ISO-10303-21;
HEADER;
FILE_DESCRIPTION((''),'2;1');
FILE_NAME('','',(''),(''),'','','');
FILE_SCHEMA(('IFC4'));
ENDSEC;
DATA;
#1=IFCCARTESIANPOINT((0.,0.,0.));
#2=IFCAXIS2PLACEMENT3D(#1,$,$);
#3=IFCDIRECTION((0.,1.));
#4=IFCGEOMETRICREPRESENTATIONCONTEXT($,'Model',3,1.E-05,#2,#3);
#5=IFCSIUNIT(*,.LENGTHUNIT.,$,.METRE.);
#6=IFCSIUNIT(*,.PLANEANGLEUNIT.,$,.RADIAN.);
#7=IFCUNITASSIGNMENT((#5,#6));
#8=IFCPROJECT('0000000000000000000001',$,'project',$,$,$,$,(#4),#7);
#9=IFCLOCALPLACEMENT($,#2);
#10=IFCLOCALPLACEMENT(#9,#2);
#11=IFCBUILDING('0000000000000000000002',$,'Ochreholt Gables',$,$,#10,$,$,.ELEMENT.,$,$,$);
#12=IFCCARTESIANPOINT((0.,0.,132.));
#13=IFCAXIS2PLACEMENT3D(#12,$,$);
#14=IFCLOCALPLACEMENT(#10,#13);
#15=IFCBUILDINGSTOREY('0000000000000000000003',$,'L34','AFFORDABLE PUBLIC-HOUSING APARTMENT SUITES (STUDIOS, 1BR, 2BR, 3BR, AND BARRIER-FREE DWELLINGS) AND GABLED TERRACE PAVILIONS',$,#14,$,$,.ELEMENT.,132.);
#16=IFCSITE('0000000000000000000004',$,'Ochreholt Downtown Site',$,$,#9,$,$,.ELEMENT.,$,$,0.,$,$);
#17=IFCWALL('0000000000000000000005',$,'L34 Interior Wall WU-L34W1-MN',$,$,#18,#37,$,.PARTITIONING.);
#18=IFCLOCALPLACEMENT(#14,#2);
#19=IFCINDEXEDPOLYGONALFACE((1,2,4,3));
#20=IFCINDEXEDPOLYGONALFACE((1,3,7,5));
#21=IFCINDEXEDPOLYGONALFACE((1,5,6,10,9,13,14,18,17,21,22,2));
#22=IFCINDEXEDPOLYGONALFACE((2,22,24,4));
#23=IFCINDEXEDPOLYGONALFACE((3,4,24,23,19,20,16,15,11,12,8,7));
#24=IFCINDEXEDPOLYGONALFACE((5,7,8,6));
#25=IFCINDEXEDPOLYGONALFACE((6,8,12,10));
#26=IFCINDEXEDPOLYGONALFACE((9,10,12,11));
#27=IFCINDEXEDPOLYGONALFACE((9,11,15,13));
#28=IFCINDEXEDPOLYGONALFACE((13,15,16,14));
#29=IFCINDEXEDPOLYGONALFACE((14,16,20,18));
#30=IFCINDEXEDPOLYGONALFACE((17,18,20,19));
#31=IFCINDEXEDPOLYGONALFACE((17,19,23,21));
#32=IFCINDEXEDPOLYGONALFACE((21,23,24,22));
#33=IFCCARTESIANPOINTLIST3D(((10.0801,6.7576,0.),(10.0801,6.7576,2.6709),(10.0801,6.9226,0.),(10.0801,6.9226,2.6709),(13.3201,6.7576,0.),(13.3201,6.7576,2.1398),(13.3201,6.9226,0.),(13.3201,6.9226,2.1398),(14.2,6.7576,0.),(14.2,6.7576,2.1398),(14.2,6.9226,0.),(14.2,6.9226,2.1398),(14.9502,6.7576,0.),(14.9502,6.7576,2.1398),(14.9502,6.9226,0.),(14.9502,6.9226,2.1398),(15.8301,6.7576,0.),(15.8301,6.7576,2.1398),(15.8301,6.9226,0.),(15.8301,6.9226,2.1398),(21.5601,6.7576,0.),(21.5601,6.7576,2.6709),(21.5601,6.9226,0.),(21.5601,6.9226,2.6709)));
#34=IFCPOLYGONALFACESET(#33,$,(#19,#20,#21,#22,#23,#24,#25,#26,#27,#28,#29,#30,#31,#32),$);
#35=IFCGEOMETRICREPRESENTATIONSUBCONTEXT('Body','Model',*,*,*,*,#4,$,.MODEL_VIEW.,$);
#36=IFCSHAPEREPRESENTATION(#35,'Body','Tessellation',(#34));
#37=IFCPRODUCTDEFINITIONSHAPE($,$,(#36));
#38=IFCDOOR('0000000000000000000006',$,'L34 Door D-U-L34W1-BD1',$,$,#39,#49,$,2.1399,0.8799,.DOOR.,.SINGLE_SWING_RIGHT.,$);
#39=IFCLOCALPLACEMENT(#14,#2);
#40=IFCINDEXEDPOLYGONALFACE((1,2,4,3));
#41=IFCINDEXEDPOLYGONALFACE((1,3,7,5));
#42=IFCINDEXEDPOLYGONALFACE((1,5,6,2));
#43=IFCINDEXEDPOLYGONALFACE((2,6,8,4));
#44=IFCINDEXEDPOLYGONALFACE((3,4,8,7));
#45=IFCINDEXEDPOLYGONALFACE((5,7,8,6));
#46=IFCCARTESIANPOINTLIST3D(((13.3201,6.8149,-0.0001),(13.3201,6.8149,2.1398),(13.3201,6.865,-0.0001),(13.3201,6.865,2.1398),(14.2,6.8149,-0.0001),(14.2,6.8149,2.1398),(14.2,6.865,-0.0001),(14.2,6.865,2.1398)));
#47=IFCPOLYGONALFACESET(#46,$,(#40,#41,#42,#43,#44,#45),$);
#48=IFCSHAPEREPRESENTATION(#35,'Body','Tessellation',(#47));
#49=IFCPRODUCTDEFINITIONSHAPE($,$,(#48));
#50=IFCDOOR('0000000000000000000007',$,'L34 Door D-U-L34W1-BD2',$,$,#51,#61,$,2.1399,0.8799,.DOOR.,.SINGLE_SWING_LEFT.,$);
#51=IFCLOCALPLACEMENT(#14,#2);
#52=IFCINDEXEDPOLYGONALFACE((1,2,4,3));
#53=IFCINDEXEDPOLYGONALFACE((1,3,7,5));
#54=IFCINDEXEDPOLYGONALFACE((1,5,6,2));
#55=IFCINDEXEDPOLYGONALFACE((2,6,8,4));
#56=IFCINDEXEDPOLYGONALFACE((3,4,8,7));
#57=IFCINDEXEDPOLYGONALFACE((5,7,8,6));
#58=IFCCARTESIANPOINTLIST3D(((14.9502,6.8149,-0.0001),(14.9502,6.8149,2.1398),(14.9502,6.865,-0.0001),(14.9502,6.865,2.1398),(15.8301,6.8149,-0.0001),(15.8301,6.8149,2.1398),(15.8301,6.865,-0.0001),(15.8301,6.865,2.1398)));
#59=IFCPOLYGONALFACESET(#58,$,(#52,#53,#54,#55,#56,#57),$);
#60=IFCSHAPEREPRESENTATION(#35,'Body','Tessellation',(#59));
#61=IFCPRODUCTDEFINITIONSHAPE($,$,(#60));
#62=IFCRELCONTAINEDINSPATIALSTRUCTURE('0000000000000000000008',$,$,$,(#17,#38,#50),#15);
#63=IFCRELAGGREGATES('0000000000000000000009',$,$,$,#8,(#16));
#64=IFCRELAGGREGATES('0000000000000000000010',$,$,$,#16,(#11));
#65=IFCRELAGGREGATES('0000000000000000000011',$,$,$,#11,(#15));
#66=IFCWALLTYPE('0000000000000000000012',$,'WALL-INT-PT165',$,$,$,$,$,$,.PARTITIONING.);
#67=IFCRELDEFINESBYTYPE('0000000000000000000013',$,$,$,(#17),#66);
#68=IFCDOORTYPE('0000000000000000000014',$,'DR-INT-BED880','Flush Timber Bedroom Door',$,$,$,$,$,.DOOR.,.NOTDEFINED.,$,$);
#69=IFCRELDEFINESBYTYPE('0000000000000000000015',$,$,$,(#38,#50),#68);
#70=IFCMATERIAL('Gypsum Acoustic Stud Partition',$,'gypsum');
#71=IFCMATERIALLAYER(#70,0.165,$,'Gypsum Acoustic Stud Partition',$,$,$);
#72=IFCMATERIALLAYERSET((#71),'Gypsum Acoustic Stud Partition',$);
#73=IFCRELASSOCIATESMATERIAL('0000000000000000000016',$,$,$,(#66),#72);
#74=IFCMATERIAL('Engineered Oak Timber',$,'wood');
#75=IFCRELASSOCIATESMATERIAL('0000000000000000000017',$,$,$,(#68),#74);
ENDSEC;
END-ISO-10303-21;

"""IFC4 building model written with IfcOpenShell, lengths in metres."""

from ifc_helpers import new_model, si_unit, direction, frame, frame_2d, origin, place, context, subcontext, project, spatial, rectangle, extrude, material, layer, layer_set, type_object, element, fill, save


model = new_model("IFC4")

# Units and contexts
model_context = context("Model", 3, precision=1e-05, world=origin(), true_north=direction((0.0, 1.0)))
body_context = subcontext(model_context, "Body", "Model", "MODEL_VIEW")
ifc_project = project(units=[si_unit("LENGTHUNIT", "METRE"), si_unit("PLANEANGLEUNIT", "RADIAN")], contexts=[model_context])

# Site, building, storey
site_placement = place(None, origin())
site = spatial("IfcSite", under=ifc_project, at=site_placement, Name="Ochreholt Downtown Site", CompositionType="ELEMENT", RefElevation=0.0)
building_placement = place(site_placement, origin())
building = spatial("IfcBuilding", under=site, at=building_placement, Name="Ochreholt Gables", CompositionType="ELEMENT")
storey_placement = place(building_placement, frame((0.0, 0.0, 132.0)))
storey = spatial("IfcBuildingStorey", under=building, at=storey_placement, Name="L34", Description="AFFORDABLE PUBLIC-HOUSING APARTMENT SUITES (STUDIOS, 1BR, 2BR, 3BR, AND BARRIER-FREE DWELLINGS) AND GABLED TERRACE PAVILIONS", CompositionType="ELEMENT", Elevation=132.0)

# Wall, openings, doors
ifc_material_1 = material(Name="Gypsum Acoustic Stud Partition", Category="gypsum")
ifc_layer_1 = layer(ifc_material_1, 0.165, Name="Gypsum Acoustic Stud Partition")
ifc_layer_set_1 = layer_set([ifc_layer_1], Name="Gypsum Acoustic Stud Partition")
wall_type_1 = type_object("IfcWallType", Name="WALL-INT-PT165", PredefinedType="PARTITIONING", material=ifc_layer_set_1)
wall_1_placement = place(storey_placement, frame((10.0801, 6.8401, 0.0), z_axis=(0.0, 0.0, 1.0), x_axis=(1.0, 0.0, 0.0)))
wall_1 = element("IfcWall", 1, at=wall_1_placement, inside=storey, type_object=wall_type_1, Name="L34 Interior Wall WU-L34W1-MN", PredefinedType="PARTITIONING", context=body_context, shape_type="SweptSolid", body=[
    extrude(rectangle(XDim=11.48, YDim=0.165, at=frame_2d((5.74, 0.0))), origin(), (0.0, 0.0, 1.0), 2.6709),
])
opening_1_placement = place(wall_1_placement, frame((3.24, 0.0, 0.0)))
opening_1 = element("IfcOpeningElement", 2, at=opening_1_placement, cuts=wall_1, PredefinedType="OPENING", context=body_context, shape_type="SweptSolid", body=[
    extrude(rectangle(XDim=0.8799, YDim=2.1399, at=frame_2d((0.4399, 1.0698))), frame((0.0, 0.0925, 0.0), z_axis=(0.0, -1.0, 0.0), x_axis=(1.0, 0.0, 0.0)), (0.0, 0.0, 1.0), 0.1851),
])
opening_2_placement = place(wall_1_placement, frame((4.8701, 0.0, 0.0)))
opening_2 = element("IfcOpeningElement", 3, at=opening_2_placement, cuts=wall_1, PredefinedType="OPENING", context=body_context, shape_type="SweptSolid", body=[
    extrude(rectangle(XDim=0.8799, YDim=2.1399, at=frame_2d((0.4399, 1.0698))), frame((0.0, 0.0925, 0.0), z_axis=(0.0, -1.0, 0.0), x_axis=(1.0, 0.0, 0.0)), (0.0, 0.0, 1.0), 0.1851),
])
ifc_material_2 = material(Name="Engineered Oak Timber", Category="wood")
door_type = type_object("IfcDoorType", Name="DR-INT-BED880", Description="Flush Timber Bedroom Door", OperationType="NOTDEFINED", PredefinedType="DOOR", material=ifc_material_2)
door_1_placement = place(opening_1_placement, origin())
door_1 = element("IfcDoor", 4, at=door_1_placement, inside=storey, type_object=door_type, Name="L34 Door D-U-L34W1-BD1", OperationType="SINGLE_SWING_RIGHT", OverallHeight=2.1399, OverallWidth=0.8799, PredefinedType="DOOR", context=body_context, shape_type="SweptSolid", body=[
    extrude(rectangle(XDim=0.8799, YDim=2.1399, at=frame_2d((0.4399, 1.0698))), frame((0.0, 0.0249, 0.0), z_axis=(0.0, -1.0, 0.0), x_axis=(1.0, 0.0, 0.0)), (0.0, 0.0, 1.0), 0.05),
])
fill(opening_1, door_1)
door_2_placement = place(opening_2_placement, origin())
door_2 = element("IfcDoor", 5, at=door_2_placement, inside=storey, type_object=door_type, Name="L34 Door D-U-L34W1-BD2", OperationType="SINGLE_SWING_LEFT", OverallHeight=2.1399, OverallWidth=0.8799, PredefinedType="DOOR", context=body_context, shape_type="SweptSolid", body=[
    extrude(rectangle(XDim=0.8799, YDim=2.1399, at=frame_2d((0.4399, 1.0698))), frame((0.0, 0.0249, 0.0), z_axis=(0.0, -1.0, 0.0), x_axis=(1.0, 0.0, 0.0)), (0.0, 0.0, 1.0), 0.05),
])
fill(opening_2, door_2)

save(model, "model.ifc")
